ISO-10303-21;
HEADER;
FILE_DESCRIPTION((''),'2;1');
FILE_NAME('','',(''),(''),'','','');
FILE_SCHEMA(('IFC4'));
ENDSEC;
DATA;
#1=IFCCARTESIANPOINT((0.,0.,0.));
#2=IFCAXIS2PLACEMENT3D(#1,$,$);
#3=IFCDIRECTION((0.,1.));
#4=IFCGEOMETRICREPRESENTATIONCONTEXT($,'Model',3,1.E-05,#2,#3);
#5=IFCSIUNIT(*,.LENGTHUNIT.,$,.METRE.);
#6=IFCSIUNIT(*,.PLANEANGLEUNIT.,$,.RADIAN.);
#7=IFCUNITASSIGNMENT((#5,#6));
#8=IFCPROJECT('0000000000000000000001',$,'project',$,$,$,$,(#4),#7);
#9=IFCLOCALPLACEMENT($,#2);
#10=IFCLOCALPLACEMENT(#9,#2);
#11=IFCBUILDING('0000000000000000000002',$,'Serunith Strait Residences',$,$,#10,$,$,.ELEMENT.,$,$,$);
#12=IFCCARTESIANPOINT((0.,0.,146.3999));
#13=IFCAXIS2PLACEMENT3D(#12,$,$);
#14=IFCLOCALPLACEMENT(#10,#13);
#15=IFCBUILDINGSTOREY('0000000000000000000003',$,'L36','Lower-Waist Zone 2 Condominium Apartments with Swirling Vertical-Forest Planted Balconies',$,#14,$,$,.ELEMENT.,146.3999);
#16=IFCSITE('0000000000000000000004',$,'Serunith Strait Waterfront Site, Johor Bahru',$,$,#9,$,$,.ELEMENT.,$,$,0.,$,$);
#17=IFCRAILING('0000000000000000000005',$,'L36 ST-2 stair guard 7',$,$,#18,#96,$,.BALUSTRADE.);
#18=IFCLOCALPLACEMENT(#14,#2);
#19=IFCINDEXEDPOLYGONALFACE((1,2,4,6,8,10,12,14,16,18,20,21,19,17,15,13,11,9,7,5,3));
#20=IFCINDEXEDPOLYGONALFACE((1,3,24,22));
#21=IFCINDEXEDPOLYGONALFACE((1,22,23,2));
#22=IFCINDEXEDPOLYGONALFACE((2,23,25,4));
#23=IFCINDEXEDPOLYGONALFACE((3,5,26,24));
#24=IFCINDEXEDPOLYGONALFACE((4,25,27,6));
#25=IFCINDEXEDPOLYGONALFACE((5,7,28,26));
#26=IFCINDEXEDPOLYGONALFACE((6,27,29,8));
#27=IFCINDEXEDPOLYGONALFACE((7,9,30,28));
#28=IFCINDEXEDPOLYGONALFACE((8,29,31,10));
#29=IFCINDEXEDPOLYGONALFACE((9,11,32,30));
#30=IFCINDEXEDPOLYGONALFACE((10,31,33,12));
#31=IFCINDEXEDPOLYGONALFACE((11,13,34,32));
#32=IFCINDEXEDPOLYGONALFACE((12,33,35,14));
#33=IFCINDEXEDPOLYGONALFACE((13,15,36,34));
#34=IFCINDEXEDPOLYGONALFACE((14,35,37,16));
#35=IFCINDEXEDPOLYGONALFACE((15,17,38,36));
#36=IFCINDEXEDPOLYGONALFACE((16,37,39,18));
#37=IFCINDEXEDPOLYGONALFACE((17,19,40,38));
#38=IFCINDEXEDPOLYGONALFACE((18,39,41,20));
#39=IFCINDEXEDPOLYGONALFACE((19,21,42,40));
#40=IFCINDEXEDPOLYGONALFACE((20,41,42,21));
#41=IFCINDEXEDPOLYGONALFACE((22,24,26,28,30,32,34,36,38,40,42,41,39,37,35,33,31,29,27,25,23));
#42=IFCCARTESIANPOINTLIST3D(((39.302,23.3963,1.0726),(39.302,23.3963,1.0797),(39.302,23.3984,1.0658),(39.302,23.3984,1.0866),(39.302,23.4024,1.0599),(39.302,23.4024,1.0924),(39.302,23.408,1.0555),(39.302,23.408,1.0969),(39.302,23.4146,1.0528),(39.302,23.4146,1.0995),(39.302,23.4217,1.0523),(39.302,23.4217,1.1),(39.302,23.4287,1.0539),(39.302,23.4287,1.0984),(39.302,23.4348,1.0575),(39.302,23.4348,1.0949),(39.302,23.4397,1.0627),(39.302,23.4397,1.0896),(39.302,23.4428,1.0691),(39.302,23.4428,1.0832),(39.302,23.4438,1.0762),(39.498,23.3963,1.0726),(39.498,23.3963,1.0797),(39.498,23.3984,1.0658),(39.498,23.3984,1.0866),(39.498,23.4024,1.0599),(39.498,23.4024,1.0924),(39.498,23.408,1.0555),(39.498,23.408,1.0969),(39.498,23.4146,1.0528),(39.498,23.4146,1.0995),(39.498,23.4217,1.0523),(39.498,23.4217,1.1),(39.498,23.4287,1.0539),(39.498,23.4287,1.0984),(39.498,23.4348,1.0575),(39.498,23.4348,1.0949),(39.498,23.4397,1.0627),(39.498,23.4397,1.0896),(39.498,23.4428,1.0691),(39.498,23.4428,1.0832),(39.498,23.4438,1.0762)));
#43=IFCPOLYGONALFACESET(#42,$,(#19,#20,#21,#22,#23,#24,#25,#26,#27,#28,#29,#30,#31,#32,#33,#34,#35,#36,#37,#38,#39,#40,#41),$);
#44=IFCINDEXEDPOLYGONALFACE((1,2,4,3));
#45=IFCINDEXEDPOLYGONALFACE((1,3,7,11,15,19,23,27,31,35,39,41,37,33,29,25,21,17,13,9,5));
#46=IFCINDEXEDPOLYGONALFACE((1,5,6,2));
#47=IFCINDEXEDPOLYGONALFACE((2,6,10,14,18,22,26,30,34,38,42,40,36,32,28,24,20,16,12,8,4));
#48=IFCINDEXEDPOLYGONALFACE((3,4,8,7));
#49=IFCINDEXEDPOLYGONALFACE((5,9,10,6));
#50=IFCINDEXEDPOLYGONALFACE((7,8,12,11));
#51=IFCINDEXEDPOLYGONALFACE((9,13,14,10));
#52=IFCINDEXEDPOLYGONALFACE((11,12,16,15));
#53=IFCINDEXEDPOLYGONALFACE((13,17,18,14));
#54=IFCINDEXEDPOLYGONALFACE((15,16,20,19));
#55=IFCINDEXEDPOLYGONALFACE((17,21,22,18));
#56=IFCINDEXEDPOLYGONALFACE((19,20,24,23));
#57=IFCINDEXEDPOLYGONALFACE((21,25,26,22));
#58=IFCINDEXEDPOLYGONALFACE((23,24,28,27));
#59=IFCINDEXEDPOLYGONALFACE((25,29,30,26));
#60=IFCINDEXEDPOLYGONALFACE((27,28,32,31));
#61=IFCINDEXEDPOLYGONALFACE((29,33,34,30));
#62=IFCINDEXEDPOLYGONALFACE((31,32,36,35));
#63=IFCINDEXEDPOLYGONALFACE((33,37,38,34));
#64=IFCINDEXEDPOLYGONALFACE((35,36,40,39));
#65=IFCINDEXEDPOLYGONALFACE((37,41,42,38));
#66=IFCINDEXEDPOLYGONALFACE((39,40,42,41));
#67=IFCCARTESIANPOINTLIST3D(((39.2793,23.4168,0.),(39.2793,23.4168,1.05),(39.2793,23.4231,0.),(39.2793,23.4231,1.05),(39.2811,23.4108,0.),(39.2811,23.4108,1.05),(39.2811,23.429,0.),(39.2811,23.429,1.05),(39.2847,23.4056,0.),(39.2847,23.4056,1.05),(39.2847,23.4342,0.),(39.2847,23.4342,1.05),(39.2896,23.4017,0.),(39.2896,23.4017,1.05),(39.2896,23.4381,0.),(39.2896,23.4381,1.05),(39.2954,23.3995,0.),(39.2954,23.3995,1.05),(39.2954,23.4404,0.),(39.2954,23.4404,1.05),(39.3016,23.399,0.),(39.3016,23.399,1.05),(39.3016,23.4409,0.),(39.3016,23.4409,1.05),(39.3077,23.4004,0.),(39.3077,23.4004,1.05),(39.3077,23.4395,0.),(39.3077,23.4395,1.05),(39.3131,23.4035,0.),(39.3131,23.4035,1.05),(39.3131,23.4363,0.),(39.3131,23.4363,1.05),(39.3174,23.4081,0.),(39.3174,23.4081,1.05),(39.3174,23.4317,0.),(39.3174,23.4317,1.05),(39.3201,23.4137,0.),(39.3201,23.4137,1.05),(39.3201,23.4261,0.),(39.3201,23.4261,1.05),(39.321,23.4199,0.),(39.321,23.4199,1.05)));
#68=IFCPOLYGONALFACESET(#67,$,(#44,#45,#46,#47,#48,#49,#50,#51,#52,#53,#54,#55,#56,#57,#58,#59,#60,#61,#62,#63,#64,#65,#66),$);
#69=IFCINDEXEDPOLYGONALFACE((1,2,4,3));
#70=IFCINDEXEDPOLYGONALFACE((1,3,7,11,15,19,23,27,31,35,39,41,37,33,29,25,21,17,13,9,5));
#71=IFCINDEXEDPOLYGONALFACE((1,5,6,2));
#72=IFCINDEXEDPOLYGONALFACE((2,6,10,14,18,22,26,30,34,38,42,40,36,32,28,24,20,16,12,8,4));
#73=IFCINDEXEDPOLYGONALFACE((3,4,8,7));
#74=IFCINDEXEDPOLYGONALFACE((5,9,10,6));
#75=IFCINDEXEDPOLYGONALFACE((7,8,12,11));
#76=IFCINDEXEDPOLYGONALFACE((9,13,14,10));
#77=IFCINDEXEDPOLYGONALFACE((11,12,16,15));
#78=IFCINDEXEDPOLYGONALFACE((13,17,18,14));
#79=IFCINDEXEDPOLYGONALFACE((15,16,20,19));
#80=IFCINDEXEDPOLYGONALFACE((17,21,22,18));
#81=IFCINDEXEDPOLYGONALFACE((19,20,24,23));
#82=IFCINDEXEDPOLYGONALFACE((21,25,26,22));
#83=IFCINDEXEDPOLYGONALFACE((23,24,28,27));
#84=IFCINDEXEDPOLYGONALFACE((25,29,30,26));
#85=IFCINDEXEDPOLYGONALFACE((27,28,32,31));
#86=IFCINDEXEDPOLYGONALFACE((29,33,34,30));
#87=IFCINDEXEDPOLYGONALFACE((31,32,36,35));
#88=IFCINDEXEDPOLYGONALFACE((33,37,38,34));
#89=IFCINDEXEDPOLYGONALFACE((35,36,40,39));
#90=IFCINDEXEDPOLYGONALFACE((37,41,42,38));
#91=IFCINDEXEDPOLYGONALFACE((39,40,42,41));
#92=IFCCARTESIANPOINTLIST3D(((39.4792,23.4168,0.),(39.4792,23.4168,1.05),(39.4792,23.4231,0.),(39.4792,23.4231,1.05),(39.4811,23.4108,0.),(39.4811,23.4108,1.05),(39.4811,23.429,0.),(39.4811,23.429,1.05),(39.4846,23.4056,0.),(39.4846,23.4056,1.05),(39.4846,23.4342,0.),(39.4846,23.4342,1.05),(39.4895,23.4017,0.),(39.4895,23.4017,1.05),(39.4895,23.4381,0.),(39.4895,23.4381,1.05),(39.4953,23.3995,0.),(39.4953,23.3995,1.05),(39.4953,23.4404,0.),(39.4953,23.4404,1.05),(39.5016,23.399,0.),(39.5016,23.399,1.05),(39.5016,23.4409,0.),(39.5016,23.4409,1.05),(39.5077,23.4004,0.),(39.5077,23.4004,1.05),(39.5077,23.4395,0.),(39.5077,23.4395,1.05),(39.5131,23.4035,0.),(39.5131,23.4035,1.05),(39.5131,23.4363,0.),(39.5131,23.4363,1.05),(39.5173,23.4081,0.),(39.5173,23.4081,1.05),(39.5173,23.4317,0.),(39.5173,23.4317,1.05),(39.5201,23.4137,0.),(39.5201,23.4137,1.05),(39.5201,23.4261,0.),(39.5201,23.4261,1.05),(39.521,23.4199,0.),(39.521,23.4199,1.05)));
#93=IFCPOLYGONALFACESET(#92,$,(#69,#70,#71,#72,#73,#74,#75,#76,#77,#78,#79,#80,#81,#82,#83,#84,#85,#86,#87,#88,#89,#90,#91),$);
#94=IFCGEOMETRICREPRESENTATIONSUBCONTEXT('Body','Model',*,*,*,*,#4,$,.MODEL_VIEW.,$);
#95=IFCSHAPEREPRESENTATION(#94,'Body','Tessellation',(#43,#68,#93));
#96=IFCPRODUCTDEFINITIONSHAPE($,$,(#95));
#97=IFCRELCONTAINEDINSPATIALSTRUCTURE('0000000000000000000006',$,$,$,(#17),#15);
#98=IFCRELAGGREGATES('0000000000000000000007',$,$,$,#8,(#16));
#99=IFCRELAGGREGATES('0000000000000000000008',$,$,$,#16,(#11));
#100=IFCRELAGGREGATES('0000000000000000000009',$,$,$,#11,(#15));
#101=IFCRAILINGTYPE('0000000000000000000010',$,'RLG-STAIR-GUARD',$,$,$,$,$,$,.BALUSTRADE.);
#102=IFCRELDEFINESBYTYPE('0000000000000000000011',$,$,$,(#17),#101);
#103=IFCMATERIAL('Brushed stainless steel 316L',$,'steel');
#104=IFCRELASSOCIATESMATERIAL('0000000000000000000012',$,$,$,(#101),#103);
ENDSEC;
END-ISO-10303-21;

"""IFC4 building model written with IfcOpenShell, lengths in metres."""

from ifc_helpers import new_model, si_unit, direction, frame, origin, origin_2d, place, context, subcontext, project, spatial, circle, extrude, material, type_object, element, save


model = new_model("IFC4")

# Units and contexts
model_context = context("Model", 3, precision=1e-05, world=origin(), true_north=direction((0.0, 1.0)))
body_context = subcontext(model_context, "Body", "Model", "MODEL_VIEW")
ifc_project = project(units=[si_unit("LENGTHUNIT", "METRE"), si_unit("PLANEANGLEUNIT", "RADIAN")], contexts=[model_context])

# Site, building, storey
site_placement = place(None, origin())
site = spatial("IfcSite", under=ifc_project, at=site_placement, Name="Serunith Strait Waterfront Site, Johor Bahru", CompositionType="ELEMENT", RefElevation=0.0)
building_placement = place(site_placement, origin())
building = spatial("IfcBuilding", under=site, at=building_placement, Name="Serunith Strait Residences", CompositionType="ELEMENT")
storey_placement = place(building_placement, frame((0.0, 0.0, 146.3999)))
storey = spatial("IfcBuildingStorey", under=building, at=storey_placement, Name="L36", Description="Lower-Waist Zone 2 Condominium Apartments with Swirling Vertical-Forest Planted Balconies", CompositionType="ELEMENT", Elevation=146.3999)

# Railing
ifc_material_1 = material(Name="Brushed stainless steel 316L", Category="steel")
railing_type_1 = type_object("IfcRailingType", Name="RLG-STAIR-GUARD", PredefinedType="BALUSTRADE", material=ifc_material_1)
railing_1_placement = place(storey_placement, frame((39.3, 23.4199, 0.0)))
element("IfcRailing", 1, at=railing_1_placement, inside=storey, type_object=railing_type_1, Name="L36 ST-2 stair guard 7", PredefinedType="BALUSTRADE", context=body_context, shape_type="SweptSolid", body=[
    extrude(circle(Radius=0.0239, at=origin_2d()), frame((0.002, 0.0, 1.0762), z_axis=(1.0, 0.0, 0.0), x_axis=(0.0, 1.0, 0.0)), (0.0, 0.0, 1.0), 0.196),
    extrude(circle(Radius=0.021, at=origin_2d()), origin(), (0.0, 0.0, 1.0), 1.05),
    extrude(circle(Radius=0.021, at=origin_2d()), frame((0.2, 0.0, 0.0)), (0.0, 0.0, 1.0), 1.05),
])

save(model, "model.ifc")
